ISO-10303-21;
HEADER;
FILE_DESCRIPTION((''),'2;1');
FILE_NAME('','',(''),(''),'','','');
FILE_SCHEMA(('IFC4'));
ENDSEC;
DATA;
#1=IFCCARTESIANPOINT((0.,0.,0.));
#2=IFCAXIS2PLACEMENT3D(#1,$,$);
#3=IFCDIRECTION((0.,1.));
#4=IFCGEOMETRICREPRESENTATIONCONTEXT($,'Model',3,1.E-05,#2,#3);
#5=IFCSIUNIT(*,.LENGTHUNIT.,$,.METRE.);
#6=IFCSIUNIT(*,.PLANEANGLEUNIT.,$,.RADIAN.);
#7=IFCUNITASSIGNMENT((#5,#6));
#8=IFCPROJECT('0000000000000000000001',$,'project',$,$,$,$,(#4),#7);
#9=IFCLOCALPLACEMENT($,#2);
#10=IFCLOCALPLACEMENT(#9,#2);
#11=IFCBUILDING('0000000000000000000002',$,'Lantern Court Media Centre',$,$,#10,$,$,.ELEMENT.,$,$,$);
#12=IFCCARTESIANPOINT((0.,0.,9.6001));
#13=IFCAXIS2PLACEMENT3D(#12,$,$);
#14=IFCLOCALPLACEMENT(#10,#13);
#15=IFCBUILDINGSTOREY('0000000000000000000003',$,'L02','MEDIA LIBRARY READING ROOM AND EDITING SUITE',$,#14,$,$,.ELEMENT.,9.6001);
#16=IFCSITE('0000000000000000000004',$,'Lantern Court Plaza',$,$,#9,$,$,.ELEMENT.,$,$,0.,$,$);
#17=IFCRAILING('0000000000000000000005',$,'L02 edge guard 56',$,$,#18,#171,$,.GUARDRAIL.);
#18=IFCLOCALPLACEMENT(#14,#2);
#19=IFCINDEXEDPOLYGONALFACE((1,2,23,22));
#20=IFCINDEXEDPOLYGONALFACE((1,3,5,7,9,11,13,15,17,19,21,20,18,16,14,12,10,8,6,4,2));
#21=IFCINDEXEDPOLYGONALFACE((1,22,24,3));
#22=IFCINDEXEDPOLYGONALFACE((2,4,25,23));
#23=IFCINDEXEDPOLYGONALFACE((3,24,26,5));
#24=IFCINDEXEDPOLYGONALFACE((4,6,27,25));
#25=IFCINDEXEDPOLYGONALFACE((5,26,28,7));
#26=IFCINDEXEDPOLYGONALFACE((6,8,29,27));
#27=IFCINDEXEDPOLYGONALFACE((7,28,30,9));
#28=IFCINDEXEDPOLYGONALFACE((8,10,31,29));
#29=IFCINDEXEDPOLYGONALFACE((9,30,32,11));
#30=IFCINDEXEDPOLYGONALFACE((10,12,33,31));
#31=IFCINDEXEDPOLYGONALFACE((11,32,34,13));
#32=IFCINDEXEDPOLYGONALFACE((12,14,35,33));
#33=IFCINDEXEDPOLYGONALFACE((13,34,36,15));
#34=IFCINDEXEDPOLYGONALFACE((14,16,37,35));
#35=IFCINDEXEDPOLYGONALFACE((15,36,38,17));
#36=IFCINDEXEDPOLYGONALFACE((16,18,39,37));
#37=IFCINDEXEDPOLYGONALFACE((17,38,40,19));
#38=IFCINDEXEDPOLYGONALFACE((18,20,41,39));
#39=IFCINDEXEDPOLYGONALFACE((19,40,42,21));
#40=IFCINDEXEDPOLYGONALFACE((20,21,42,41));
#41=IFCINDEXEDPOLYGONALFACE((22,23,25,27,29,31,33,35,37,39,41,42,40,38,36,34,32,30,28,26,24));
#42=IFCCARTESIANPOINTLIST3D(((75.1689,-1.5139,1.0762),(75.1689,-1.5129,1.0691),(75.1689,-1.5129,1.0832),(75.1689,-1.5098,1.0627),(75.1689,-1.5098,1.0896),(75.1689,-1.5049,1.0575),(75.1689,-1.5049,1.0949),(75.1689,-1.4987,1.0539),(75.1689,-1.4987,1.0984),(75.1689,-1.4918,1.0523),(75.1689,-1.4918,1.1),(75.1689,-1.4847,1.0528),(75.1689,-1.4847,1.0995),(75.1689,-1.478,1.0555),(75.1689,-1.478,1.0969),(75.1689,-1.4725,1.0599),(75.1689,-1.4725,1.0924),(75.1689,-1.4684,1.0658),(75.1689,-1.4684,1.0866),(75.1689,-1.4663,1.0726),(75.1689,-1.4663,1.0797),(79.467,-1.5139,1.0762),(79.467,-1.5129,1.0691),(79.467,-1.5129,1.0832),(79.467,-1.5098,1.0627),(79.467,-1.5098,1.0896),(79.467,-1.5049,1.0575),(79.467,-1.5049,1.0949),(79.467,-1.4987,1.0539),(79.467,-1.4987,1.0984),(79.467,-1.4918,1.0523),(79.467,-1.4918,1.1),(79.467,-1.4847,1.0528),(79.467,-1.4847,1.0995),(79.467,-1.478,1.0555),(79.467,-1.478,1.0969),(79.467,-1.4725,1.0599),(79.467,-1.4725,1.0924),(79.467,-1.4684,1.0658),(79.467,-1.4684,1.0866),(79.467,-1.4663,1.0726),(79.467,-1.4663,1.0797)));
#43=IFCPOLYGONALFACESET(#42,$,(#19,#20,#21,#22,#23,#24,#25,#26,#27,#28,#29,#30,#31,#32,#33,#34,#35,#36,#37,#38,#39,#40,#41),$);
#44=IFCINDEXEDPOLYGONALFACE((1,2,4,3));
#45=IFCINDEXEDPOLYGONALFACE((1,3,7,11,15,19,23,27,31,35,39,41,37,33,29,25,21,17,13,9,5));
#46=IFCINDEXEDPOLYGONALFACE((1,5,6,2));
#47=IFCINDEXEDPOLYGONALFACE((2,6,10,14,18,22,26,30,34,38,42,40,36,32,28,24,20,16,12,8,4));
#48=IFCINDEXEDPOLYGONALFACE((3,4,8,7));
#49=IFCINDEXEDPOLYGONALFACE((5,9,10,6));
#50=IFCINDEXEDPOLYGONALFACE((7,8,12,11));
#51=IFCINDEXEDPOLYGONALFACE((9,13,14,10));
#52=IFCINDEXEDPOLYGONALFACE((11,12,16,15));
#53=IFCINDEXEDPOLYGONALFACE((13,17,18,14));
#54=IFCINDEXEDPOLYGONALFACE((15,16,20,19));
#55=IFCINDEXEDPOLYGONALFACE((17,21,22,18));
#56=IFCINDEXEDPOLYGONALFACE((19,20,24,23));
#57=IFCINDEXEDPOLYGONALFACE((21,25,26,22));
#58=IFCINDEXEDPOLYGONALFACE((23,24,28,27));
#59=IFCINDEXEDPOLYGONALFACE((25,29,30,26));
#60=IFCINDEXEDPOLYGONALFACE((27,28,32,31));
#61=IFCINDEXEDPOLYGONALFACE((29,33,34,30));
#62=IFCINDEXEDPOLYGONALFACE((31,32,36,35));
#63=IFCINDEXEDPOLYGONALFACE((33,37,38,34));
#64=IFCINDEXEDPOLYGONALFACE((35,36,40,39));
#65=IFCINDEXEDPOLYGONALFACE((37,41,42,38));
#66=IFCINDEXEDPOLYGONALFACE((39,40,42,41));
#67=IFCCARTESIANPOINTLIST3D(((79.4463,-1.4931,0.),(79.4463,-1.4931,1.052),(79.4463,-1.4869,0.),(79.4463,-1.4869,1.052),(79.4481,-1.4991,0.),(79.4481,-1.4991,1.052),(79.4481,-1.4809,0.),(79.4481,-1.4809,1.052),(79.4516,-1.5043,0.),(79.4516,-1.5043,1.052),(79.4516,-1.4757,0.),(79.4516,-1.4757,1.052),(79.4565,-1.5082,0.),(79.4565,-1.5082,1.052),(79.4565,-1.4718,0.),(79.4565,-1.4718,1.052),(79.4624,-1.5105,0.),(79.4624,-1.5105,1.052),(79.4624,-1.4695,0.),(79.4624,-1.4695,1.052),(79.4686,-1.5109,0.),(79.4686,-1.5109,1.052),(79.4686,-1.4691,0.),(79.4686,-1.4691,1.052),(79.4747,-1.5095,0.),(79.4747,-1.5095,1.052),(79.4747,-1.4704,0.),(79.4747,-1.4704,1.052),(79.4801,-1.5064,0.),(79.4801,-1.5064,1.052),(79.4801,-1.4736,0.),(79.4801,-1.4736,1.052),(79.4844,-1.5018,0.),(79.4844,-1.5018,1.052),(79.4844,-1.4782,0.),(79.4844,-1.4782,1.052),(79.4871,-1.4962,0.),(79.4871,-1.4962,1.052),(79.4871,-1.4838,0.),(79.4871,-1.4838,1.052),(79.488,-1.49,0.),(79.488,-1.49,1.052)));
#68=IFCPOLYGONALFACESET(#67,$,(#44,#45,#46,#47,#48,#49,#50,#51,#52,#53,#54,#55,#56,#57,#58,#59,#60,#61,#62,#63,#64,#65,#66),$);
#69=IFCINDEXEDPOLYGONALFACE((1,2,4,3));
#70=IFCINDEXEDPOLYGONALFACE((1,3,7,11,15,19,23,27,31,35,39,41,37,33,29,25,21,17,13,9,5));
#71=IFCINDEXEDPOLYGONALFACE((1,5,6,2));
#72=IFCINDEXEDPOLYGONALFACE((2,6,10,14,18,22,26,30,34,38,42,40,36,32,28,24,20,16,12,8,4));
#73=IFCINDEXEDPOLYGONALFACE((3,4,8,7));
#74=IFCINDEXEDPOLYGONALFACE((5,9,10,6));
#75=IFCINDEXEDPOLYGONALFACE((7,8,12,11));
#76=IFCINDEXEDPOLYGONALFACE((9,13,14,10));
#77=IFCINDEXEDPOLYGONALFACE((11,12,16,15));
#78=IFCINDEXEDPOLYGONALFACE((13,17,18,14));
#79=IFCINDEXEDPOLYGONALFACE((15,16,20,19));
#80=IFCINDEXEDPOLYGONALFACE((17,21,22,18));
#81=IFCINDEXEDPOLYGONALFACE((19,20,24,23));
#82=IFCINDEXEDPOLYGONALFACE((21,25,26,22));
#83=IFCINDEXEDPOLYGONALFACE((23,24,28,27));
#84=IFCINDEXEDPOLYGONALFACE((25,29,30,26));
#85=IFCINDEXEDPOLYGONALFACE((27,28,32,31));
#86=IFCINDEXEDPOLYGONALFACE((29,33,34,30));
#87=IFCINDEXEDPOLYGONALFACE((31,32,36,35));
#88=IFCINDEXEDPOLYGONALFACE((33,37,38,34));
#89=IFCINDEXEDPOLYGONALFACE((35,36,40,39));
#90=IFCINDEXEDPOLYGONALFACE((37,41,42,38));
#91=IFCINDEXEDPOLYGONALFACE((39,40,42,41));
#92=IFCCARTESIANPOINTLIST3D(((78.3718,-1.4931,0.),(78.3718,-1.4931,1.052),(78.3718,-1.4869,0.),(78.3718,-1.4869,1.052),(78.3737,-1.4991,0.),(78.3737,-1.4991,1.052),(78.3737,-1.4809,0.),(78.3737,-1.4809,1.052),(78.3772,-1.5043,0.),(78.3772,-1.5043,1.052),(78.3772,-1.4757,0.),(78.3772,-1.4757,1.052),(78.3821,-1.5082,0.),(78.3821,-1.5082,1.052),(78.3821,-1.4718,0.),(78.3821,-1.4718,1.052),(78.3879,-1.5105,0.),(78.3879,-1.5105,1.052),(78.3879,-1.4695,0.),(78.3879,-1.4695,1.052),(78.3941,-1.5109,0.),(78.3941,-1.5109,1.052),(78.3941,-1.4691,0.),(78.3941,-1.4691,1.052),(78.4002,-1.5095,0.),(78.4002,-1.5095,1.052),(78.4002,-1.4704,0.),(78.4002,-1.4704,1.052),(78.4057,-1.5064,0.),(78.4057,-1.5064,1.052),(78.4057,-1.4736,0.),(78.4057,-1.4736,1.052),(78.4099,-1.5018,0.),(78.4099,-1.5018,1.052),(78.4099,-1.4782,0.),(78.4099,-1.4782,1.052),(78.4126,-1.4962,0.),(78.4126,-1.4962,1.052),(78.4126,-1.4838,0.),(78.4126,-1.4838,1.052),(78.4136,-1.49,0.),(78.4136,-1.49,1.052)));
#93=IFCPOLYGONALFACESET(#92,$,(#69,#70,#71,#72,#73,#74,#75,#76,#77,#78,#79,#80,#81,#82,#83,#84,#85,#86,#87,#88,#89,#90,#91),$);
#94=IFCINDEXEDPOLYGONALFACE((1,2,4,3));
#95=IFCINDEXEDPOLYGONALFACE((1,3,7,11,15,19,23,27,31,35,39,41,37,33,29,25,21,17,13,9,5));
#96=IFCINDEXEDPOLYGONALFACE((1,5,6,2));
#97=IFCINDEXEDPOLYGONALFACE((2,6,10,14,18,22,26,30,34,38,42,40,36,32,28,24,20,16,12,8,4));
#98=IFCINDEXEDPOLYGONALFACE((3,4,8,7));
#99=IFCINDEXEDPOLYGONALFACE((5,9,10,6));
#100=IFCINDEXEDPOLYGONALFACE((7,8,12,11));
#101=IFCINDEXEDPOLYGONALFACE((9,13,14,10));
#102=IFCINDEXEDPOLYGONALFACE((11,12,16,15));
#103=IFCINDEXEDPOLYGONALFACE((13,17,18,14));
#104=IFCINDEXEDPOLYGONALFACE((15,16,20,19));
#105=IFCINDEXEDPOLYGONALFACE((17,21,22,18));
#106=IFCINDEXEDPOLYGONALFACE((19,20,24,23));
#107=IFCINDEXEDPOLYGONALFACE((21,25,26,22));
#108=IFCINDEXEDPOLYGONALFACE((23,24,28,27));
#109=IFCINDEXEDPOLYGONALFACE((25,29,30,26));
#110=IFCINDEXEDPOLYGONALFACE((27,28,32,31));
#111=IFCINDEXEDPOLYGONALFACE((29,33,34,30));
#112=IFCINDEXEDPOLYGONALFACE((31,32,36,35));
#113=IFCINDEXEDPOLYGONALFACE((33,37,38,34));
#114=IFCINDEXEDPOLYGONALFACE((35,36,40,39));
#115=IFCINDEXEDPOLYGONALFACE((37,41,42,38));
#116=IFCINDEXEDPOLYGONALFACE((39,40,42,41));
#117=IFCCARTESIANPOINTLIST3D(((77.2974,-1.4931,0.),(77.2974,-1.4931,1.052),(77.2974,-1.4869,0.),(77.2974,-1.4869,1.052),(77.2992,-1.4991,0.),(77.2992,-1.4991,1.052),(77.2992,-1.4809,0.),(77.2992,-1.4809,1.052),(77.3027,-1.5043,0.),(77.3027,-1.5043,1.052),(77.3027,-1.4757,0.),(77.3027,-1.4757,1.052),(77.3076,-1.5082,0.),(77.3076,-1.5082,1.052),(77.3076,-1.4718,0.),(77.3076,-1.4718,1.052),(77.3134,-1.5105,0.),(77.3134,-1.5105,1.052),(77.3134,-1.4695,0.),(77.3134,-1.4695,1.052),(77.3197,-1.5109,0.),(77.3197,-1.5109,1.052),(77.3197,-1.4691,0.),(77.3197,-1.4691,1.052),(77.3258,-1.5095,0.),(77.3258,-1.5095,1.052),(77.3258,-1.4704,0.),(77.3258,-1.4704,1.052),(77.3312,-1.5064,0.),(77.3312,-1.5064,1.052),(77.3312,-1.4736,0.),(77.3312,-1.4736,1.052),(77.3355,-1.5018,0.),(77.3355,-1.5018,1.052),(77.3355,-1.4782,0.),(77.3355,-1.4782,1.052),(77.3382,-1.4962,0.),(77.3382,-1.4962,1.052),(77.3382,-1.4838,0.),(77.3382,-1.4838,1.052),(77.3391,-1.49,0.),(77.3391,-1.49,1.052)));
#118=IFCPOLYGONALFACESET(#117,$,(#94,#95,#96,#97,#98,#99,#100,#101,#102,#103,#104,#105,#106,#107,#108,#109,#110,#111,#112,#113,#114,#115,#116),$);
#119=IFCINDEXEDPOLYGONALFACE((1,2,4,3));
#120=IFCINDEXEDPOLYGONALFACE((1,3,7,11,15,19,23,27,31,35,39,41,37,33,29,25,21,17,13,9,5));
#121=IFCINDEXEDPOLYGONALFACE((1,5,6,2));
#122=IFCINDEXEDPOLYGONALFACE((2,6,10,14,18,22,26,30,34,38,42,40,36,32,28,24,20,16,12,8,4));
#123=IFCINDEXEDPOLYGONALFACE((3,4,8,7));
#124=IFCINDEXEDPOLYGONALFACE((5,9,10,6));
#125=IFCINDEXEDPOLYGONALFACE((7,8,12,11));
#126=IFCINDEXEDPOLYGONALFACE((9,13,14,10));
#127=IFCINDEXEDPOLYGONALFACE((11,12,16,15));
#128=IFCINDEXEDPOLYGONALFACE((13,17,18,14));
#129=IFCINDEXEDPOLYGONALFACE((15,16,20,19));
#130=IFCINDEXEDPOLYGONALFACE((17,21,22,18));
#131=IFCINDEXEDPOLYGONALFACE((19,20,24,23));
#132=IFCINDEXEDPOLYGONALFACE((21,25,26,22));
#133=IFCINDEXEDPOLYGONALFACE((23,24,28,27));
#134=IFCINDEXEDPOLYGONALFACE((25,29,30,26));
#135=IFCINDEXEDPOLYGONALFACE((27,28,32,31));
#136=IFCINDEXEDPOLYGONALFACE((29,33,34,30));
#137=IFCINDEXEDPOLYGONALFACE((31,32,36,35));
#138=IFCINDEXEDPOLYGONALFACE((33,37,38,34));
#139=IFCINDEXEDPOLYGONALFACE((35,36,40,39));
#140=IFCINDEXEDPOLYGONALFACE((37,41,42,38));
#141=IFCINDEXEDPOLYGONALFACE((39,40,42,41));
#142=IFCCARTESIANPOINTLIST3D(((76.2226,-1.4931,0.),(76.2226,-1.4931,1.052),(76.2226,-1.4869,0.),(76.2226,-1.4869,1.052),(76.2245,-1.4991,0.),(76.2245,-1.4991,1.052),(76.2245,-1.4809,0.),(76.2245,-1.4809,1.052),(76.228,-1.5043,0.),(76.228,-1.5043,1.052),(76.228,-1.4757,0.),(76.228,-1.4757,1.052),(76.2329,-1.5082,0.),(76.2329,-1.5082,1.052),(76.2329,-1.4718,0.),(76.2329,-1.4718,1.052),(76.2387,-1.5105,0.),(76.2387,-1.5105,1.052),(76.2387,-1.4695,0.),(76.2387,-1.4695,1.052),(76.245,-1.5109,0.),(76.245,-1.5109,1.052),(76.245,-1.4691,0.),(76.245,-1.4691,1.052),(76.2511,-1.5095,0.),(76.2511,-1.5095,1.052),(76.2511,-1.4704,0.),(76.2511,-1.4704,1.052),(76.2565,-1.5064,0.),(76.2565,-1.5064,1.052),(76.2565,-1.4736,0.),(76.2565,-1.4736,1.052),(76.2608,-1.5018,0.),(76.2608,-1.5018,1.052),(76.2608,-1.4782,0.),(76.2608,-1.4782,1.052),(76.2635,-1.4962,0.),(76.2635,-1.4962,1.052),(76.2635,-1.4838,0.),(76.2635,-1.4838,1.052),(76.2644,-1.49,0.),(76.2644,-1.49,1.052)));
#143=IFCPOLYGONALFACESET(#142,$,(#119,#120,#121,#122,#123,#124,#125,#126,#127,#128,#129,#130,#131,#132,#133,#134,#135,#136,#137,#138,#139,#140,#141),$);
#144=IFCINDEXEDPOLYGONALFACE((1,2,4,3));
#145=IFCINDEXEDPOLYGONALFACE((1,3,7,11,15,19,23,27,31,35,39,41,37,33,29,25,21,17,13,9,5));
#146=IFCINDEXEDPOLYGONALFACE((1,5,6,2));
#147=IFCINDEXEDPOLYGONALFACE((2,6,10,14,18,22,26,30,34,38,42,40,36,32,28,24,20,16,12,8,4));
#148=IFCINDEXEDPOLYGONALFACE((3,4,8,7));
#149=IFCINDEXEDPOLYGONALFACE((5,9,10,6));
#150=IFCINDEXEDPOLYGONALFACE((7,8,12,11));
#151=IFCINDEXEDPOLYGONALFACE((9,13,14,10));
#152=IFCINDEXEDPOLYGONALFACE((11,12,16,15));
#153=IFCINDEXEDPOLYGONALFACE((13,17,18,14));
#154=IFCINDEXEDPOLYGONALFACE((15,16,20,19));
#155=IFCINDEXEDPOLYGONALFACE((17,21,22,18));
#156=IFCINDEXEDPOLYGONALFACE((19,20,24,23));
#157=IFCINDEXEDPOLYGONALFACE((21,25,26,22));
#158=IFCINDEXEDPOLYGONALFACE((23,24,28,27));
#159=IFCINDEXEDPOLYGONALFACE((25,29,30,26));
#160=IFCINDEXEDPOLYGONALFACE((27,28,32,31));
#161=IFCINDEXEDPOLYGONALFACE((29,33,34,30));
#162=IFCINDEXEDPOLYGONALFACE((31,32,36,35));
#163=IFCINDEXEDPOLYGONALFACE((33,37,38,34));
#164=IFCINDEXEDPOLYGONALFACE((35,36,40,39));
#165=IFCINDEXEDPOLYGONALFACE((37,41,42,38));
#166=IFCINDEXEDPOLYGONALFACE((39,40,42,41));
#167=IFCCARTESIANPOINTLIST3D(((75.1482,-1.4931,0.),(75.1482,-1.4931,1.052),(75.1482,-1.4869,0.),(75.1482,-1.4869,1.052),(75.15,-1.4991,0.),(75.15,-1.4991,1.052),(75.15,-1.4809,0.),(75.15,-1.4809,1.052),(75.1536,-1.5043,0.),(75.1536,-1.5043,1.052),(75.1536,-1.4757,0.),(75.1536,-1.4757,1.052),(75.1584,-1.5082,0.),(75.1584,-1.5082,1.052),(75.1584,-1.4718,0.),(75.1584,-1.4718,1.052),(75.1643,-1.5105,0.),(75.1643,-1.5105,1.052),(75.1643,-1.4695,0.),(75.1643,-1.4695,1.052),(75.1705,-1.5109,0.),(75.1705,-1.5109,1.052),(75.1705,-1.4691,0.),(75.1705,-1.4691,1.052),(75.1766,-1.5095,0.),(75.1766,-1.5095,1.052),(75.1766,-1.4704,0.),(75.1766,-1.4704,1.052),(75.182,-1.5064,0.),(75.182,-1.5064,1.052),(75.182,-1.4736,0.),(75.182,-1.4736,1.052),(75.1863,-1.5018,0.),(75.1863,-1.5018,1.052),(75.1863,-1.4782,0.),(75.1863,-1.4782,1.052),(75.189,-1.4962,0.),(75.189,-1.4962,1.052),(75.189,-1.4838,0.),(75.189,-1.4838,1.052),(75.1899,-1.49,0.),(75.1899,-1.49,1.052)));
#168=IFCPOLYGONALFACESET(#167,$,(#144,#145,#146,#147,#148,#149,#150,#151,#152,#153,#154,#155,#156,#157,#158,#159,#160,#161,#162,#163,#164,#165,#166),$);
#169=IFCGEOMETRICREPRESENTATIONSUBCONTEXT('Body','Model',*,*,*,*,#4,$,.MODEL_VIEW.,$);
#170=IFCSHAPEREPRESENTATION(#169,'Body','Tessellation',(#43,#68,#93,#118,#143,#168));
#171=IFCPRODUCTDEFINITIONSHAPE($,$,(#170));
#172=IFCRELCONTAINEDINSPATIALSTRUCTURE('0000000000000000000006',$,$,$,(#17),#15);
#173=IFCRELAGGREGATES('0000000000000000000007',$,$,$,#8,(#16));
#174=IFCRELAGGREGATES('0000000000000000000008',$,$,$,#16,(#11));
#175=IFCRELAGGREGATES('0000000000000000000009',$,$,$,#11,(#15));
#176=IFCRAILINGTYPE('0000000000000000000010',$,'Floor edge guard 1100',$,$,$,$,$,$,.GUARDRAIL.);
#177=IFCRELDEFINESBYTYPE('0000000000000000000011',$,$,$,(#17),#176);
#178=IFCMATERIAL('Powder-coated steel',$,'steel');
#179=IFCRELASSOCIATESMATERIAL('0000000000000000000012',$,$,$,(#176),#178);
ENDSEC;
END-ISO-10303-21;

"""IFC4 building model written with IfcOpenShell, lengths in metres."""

from ifc_helpers import new_model, si_unit, direction, frame, origin, origin_2d, place, context, subcontext, project, spatial, circle, extrude, material, type_object, element, save


model = new_model("IFC4")

# Units and contexts
model_context = context("Model", 3, precision=1e-05, world=origin(), true_north=direction((0.0, 1.0)))
body_context = subcontext(model_context, "Body", "Model", "MODEL_VIEW")
ifc_project = project(units=[si_unit("LENGTHUNIT", "METRE"), si_unit("PLANEANGLEUNIT", "RADIAN")], contexts=[model_context])

# Site, building, storey
site_placement = place(None, origin())
site = spatial("IfcSite", under=ifc_project, at=site_placement, Name="Lantern Court Plaza", CompositionType="ELEMENT", RefElevation=0.0)
building_placement = place(site_placement, origin())
building = spatial("IfcBuilding", under=site, at=building_placement, Name="Lantern Court Media Centre", CompositionType="ELEMENT")
storey_placement = place(building_placement, frame((0.0, 0.0, 9.6001)))
storey = spatial("IfcBuildingStorey", under=building, at=storey_placement, Name="L02", Description="MEDIA LIBRARY READING ROOM AND EDITING SUITE", CompositionType="ELEMENT", Elevation=9.6001)

# Railing
ifc_material_1 = material(Name="Powder-coated steel", Category="steel")
railing_type = type_object("IfcRailingType", Name="Floor edge guard 1100", PredefinedType="GUARDRAIL", material=ifc_material_1)
railing_1_placement = place(storey_placement, frame((79.467, -1.49, 0.0)))
element("IfcRailing", 1, at=railing_1_placement, inside=storey, type_object=railing_type, Name="L02 edge guard 56", PredefinedType="GUARDRAIL", context=body_context, shape_type="SweptSolid", body=[
    extrude(circle(Radius=0.0239, at=origin_2d()), frame((0.0, 0.0, 1.0762), z_axis=(-1.0, 0.0, 0.0), x_axis=(0.0, -1.0, 0.0)), (0.0, 0.0, 1.0), 4.2981),
    extrude(circle(Radius=0.021, at=origin_2d()), origin(), (0.0, 0.0, 1.0), 1.052),
    extrude(circle(Radius=0.021, at=origin_2d()), frame((-1.0745, 0.0, 0.0)), (0.0, 0.0, 1.0), 1.052),
    extrude(circle(Radius=0.021, at=origin_2d()), frame((-2.1489, 0.0, 0.0)), (0.0, 0.0, 1.0), 1.052),
    extrude(circle(Radius=0.021, at=origin_2d()), frame((-3.2236, 0.0, 0.0)), (0.0, 0.0, 1.0), 1.052),
    extrude(circle(Radius=0.021, at=origin_2d()), frame((-4.2981, 0.0, 0.0)), (0.0, 0.0, 1.0), 1.052),
])

save(model, "model.ifc")
